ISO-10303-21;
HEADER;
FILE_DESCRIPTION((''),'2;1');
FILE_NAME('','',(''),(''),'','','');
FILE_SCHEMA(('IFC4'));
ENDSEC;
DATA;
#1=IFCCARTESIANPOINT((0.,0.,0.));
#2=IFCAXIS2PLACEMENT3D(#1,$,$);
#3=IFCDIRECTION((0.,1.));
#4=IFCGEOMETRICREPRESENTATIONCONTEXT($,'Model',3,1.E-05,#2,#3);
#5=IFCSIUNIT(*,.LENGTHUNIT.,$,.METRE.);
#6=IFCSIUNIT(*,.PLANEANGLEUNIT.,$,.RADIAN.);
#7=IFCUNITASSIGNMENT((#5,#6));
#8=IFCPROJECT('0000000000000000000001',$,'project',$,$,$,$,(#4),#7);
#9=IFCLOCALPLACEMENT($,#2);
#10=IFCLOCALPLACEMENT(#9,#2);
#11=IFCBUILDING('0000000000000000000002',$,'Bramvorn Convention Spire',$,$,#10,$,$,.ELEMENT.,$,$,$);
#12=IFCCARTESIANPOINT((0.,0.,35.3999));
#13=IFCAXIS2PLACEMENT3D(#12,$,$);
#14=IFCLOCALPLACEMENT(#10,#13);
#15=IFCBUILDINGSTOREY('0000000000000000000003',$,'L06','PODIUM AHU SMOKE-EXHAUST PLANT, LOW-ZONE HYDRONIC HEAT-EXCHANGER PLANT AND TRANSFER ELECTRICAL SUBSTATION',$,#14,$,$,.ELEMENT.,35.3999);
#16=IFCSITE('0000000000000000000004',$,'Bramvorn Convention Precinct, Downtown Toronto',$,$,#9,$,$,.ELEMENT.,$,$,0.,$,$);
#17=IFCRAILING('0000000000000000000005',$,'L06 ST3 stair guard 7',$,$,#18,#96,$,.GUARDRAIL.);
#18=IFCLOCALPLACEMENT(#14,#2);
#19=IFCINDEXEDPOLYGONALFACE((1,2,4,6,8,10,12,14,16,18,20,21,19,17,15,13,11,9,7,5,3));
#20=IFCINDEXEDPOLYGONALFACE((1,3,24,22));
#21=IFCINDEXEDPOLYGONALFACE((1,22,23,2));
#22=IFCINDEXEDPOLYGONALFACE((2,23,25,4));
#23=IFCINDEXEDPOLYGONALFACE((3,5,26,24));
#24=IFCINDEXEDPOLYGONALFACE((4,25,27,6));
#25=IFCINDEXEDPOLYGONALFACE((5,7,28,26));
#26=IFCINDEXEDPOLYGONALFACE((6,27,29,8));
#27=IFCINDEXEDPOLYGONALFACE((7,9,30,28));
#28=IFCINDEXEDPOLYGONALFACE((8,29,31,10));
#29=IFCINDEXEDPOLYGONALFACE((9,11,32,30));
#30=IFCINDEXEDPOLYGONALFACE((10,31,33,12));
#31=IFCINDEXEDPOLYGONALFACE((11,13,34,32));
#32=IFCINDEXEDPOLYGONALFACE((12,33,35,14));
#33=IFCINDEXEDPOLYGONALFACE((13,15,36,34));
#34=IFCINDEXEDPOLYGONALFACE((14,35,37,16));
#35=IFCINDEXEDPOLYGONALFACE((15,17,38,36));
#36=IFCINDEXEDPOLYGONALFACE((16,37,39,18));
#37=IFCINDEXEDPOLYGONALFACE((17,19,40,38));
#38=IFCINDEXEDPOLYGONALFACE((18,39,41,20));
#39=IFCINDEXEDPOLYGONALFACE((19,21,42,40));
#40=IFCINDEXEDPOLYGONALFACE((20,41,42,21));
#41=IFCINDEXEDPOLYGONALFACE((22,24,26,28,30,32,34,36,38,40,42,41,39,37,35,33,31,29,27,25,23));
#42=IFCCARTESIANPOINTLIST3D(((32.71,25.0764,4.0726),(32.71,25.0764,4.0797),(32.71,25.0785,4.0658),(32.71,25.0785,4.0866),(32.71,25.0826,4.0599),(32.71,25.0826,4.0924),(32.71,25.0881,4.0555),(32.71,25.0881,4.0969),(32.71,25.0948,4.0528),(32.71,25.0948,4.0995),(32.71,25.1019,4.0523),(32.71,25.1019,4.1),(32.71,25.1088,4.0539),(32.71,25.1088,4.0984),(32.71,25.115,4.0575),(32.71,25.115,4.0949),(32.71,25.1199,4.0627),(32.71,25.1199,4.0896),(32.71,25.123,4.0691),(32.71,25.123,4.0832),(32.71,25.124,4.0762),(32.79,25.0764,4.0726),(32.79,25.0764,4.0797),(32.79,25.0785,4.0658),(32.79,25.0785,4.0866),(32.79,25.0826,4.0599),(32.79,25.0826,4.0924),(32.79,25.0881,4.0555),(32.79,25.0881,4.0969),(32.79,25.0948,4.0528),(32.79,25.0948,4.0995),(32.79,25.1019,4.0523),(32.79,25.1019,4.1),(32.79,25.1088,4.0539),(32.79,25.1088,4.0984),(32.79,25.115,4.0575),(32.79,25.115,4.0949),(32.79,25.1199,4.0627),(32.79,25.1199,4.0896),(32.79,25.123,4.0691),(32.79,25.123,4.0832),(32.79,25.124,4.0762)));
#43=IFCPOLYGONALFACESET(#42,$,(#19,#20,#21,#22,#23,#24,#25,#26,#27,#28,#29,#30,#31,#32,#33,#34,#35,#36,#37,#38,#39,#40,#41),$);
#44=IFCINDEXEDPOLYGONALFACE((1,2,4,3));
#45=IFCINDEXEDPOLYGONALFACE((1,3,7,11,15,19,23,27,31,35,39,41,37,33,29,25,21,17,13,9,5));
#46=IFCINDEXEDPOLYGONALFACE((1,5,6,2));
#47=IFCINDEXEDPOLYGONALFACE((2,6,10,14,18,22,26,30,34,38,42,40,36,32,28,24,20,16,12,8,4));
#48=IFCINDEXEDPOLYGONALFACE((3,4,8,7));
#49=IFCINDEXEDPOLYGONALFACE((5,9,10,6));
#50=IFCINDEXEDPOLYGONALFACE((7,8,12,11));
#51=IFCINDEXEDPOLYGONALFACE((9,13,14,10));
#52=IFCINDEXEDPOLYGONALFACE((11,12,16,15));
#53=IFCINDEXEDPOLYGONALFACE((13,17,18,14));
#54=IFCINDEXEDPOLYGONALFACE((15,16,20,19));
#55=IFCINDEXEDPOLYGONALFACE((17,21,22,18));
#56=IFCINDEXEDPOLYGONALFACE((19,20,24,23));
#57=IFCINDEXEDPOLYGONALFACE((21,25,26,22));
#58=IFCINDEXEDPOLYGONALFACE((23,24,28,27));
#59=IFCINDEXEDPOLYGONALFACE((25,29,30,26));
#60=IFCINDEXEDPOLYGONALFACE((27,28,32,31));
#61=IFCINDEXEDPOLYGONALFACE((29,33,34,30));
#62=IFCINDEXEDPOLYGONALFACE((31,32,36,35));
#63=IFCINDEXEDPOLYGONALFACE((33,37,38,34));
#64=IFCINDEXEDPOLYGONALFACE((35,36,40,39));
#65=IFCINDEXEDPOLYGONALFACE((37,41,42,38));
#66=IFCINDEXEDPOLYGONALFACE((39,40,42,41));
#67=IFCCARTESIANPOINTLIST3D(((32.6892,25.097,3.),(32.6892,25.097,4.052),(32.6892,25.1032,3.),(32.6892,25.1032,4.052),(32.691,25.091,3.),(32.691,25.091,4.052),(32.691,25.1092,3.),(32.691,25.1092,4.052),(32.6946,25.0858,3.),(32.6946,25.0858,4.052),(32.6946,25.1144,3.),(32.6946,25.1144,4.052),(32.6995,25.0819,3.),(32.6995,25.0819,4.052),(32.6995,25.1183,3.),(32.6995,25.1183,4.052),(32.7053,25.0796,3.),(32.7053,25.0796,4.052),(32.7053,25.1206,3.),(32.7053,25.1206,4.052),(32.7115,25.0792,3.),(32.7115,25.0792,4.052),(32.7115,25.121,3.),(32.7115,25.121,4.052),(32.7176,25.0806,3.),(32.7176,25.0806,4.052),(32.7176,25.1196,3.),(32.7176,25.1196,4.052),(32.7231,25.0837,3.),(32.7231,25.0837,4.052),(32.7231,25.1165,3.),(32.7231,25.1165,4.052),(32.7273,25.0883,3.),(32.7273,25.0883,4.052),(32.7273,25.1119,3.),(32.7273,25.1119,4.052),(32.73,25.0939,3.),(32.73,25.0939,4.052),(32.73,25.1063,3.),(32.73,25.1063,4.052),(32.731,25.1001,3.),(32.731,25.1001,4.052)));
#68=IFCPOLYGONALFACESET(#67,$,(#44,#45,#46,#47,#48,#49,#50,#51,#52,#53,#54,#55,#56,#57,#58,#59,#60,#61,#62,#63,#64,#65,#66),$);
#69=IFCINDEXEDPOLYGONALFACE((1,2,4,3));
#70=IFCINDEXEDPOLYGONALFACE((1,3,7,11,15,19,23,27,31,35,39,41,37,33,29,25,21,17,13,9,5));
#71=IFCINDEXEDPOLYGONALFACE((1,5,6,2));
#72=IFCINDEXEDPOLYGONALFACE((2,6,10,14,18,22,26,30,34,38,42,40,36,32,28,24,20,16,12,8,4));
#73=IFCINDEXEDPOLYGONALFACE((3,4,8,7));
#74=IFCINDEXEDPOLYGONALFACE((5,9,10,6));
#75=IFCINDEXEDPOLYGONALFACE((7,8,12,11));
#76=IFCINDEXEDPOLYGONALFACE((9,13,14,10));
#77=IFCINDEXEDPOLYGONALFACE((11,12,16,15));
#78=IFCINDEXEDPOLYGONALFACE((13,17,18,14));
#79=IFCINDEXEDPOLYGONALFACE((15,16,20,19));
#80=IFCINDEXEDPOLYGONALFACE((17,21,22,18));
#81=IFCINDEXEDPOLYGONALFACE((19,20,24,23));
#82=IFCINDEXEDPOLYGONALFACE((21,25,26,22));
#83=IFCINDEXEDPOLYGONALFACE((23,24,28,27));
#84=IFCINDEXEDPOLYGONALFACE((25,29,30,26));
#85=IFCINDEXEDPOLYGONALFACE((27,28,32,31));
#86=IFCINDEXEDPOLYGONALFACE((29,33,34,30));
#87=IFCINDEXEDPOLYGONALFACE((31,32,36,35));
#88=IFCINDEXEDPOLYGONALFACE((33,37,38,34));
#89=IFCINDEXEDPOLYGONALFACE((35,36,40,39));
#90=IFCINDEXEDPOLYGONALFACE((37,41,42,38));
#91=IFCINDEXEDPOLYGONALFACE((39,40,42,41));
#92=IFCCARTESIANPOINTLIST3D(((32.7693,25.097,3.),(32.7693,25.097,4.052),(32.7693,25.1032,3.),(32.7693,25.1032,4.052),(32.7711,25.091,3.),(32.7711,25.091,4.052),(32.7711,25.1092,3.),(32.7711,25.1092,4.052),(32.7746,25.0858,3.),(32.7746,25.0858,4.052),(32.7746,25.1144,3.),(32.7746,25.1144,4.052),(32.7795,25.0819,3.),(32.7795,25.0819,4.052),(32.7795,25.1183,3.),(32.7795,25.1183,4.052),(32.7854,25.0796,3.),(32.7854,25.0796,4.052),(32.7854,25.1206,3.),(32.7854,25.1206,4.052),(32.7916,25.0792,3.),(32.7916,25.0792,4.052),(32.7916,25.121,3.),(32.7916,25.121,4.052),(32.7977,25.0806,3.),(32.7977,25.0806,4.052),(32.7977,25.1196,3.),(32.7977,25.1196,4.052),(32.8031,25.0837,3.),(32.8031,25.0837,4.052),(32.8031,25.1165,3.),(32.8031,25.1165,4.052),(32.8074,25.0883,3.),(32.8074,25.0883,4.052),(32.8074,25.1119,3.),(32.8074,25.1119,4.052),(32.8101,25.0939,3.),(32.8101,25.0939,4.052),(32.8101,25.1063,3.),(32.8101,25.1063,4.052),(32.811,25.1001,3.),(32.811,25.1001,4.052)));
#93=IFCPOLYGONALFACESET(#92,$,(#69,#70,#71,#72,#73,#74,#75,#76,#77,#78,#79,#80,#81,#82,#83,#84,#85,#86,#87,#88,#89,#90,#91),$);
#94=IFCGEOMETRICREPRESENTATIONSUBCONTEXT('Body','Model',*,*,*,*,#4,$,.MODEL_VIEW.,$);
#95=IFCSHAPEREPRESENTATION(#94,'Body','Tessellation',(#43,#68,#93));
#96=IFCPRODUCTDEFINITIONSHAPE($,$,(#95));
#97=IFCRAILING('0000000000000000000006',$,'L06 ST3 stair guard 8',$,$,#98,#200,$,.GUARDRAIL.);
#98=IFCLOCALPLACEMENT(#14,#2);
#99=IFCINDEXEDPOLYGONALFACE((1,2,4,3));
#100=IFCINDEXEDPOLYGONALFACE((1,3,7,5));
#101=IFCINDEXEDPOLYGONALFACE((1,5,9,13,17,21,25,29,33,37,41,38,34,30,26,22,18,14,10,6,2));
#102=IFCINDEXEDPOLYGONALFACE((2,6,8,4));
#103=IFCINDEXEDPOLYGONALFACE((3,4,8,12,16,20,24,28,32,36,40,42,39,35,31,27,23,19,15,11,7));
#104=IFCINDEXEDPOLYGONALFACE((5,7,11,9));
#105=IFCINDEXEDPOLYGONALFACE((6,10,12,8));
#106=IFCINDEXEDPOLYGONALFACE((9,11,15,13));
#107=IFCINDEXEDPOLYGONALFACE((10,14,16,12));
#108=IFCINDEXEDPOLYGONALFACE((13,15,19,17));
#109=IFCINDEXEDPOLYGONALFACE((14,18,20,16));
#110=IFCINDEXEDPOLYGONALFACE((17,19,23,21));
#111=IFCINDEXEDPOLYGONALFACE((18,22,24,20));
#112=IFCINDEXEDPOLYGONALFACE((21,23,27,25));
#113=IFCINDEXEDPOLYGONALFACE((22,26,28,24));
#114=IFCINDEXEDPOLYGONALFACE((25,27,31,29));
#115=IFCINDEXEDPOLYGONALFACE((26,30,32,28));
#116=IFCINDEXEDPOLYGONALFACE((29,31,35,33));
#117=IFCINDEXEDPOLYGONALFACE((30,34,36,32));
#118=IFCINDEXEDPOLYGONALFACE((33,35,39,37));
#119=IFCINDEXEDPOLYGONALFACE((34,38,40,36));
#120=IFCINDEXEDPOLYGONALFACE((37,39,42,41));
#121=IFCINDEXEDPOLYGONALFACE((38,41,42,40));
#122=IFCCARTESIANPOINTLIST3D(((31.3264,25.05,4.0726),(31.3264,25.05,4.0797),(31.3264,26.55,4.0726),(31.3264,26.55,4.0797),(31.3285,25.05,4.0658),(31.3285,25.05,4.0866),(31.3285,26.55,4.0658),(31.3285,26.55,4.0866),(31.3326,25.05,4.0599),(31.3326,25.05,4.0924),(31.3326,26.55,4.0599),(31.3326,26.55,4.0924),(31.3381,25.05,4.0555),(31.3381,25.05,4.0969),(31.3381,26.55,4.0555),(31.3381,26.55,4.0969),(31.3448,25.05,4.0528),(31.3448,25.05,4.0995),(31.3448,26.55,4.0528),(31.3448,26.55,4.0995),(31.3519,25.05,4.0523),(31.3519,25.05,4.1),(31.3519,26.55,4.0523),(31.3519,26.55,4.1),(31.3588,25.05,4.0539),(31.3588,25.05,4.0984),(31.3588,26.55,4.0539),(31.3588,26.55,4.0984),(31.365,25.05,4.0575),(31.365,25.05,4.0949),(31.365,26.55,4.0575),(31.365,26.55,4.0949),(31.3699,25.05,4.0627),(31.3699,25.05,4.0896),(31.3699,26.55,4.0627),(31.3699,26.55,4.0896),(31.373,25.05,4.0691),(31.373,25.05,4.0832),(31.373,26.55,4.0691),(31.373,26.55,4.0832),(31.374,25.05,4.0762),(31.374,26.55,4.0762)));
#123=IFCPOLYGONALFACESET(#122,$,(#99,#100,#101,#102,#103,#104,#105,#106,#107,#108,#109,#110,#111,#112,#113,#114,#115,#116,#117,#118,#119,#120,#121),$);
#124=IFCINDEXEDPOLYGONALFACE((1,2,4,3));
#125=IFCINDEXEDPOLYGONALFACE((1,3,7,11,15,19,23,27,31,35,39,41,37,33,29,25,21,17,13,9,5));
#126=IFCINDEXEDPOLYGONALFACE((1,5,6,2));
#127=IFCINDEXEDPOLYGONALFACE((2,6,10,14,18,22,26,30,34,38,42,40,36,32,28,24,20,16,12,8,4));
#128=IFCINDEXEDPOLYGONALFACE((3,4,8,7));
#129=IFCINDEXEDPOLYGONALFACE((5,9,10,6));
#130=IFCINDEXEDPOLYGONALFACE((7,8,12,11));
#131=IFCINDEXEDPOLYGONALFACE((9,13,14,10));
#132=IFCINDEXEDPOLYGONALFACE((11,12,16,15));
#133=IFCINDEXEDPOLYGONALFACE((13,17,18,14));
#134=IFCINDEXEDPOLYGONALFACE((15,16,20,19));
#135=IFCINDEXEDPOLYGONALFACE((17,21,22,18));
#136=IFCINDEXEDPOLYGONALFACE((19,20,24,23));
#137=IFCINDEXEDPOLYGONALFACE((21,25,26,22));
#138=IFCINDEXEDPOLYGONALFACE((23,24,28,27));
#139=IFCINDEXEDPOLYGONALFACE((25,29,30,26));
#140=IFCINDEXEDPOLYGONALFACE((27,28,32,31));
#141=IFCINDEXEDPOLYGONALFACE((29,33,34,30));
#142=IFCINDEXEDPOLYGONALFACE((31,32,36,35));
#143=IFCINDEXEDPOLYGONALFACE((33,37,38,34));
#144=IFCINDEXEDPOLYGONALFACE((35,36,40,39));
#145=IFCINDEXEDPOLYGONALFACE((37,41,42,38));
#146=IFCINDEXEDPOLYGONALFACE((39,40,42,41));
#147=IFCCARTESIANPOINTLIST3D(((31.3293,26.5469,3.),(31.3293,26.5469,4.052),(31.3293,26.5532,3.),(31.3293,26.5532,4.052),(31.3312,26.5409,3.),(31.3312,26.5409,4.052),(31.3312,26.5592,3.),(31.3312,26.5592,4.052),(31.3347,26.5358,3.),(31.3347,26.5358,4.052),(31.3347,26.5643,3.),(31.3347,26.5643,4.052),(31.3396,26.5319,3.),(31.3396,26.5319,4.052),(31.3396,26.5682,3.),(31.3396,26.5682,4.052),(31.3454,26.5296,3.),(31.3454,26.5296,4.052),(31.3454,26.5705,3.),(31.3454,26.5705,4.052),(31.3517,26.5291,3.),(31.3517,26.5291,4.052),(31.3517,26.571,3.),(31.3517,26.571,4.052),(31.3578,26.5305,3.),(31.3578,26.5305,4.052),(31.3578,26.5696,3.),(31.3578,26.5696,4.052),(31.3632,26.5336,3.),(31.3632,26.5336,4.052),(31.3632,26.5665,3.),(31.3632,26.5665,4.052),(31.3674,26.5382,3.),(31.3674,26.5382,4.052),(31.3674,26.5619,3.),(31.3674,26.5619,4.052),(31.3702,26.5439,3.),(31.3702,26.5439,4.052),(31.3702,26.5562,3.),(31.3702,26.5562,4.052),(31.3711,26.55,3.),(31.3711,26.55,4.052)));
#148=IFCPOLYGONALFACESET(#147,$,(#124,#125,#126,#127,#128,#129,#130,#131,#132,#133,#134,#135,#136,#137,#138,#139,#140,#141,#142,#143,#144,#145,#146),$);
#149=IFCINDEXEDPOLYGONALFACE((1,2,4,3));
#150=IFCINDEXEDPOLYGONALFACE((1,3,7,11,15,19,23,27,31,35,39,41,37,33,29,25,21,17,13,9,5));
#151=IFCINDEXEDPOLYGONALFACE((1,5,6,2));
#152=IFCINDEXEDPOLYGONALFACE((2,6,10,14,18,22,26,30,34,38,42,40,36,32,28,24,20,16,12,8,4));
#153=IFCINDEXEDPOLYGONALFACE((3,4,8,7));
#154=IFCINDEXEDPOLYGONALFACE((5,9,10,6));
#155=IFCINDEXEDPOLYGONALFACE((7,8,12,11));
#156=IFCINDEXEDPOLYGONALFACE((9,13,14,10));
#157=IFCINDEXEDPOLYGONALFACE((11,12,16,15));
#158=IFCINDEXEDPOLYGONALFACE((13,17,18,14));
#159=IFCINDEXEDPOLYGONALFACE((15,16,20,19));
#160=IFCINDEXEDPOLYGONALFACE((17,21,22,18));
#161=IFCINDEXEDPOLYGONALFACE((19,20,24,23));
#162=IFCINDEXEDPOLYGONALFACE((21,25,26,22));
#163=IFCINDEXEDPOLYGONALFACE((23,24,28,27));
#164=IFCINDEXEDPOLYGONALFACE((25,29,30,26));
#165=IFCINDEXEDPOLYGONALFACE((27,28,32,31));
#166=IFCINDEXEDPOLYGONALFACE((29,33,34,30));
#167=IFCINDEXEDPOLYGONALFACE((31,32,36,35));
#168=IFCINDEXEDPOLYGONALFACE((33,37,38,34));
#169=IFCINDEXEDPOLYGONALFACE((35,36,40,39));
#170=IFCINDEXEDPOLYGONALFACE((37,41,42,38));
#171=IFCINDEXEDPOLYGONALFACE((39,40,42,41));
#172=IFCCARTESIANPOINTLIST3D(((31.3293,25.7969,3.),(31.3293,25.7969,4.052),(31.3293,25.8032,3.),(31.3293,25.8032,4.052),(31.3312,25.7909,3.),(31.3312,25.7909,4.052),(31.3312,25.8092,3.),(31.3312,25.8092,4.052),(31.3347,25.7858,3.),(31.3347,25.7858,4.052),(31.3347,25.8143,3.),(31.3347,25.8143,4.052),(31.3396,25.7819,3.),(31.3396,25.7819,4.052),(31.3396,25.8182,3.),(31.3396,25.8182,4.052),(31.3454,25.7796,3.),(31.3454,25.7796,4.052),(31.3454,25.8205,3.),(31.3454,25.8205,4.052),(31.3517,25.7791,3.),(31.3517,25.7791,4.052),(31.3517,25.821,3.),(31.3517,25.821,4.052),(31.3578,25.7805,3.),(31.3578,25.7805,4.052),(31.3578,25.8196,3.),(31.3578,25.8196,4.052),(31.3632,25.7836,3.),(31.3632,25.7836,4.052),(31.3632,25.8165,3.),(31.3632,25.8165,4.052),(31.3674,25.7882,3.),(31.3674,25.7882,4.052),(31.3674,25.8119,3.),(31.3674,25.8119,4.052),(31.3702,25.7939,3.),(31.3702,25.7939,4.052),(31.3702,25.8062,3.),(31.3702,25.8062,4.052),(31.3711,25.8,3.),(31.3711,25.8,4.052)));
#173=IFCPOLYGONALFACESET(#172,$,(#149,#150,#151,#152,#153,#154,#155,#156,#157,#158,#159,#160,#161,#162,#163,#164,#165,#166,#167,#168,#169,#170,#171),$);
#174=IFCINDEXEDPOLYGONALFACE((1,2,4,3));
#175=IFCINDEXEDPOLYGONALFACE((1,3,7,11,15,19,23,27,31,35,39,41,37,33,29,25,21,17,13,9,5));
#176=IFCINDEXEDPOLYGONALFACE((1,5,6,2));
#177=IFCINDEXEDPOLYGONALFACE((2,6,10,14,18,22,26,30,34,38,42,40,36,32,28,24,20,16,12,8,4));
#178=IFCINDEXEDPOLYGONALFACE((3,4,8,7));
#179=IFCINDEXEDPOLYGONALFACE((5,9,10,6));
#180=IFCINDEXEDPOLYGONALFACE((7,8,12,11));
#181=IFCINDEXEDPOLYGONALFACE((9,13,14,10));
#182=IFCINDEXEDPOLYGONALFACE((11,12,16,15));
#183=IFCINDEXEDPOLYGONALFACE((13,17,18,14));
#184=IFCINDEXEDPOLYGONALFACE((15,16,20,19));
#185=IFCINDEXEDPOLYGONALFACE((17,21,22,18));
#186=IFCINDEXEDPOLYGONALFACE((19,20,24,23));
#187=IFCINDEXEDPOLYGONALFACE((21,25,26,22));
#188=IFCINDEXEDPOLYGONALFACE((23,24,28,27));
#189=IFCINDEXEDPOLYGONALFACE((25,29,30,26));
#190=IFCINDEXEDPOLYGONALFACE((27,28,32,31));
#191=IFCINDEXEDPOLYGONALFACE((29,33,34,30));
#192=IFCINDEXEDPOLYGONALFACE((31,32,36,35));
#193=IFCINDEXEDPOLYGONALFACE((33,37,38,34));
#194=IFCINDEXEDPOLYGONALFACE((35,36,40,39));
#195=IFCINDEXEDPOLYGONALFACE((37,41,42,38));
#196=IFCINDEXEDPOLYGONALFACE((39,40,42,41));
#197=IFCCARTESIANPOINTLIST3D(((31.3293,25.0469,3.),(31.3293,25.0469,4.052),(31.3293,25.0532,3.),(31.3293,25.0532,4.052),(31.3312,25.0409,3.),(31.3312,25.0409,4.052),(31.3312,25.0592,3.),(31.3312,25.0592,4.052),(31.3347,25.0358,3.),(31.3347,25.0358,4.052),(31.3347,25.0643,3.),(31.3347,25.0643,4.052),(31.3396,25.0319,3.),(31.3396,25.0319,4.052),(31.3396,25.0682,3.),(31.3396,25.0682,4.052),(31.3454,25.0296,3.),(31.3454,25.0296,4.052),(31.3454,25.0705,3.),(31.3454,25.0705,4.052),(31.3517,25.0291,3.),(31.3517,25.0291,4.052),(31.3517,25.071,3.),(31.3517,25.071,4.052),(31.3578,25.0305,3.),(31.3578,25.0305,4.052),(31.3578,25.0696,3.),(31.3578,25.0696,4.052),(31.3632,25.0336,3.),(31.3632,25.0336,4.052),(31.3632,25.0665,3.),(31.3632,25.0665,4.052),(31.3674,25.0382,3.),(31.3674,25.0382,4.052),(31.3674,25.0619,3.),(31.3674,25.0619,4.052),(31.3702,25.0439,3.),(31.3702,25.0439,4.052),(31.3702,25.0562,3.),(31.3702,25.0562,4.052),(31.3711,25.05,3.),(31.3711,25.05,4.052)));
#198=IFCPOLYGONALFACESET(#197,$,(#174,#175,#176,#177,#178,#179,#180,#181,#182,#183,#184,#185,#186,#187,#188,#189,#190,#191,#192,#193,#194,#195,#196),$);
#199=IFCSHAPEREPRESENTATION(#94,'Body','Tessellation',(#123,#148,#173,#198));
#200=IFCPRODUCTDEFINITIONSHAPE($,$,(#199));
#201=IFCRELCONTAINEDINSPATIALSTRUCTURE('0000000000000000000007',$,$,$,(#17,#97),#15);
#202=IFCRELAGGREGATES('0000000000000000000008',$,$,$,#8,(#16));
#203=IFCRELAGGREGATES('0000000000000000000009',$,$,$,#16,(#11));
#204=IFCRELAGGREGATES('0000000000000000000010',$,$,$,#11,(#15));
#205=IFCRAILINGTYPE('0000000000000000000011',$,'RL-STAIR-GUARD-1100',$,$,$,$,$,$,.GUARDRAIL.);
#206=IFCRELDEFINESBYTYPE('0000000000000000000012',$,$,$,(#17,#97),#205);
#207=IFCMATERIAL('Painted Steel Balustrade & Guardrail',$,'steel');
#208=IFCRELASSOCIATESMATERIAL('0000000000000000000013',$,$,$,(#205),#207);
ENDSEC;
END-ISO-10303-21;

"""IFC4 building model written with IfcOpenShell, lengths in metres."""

from ifc_helpers import new_model, si_unit, direction, frame, origin, origin_2d, place, context, subcontext, project, spatial, circle, extrude, material, type_object, element, save


model = new_model("IFC4")

# Units and contexts
model_context = context("Model", 3, precision=1e-05, world=origin(), true_north=direction((0.0, 1.0)))
body_context = subcontext(model_context, "Body", "Model", "MODEL_VIEW")
ifc_project = project(units=[si_unit("LENGTHUNIT", "METRE"), si_unit("PLANEANGLEUNIT", "RADIAN")], contexts=[model_context])

# Site, building, storey
site_placement = place(None, origin())
site = spatial("IfcSite", under=ifc_project, at=site_placement, Name="Bramvorn Convention Precinct, Downtown Toronto", CompositionType="ELEMENT", RefElevation=0.0)
building_placement = place(site_placement, origin())
building = spatial("IfcBuilding", under=site, at=building_placement, Name="Bramvorn Convention Spire", CompositionType="ELEMENT")
storey_placement = place(building_placement, frame((0.0, 0.0, 35.3999)))
storey = spatial("IfcBuildingStorey", under=building, at=storey_placement, Name="L06", Description="PODIUM AHU SMOKE-EXHAUST PLANT, LOW-ZONE HYDRONIC HEAT-EXCHANGER PLANT AND TRANSFER ELECTRICAL SUBSTATION", CompositionType="ELEMENT", Elevation=35.3999)

# Railings
ifc_material_1 = material(Name="Painted Steel Balustrade & Guardrail", Category="steel")
railing_type_1 = type_object("IfcRailingType", Name="RL-STAIR-GUARD-1100", PredefinedType="GUARDRAIL", material=ifc_material_1)
railing_1_placement = place(storey_placement, frame((32.71, 25.1001, 3.0)))
element("IfcRailing", 1, at=railing_1_placement, inside=storey, type_object=railing_type_1, Name="L06 ST3 stair guard 7", PredefinedType="GUARDRAIL", context=body_context, shape_type="SweptSolid", body=[
    extrude(circle(Radius=0.0239, at=origin_2d()), frame((0.0, 0.0, 1.0762), z_axis=(1.0, 0.0, 0.0), x_axis=(0.0, 1.0, 0.0)), (0.0, 0.0, 1.0), 0.0801),
    extrude(circle(Radius=0.021, at=origin_2d()), origin(), (0.0, 0.0, 1.0), 1.052),
    extrude(circle(Radius=0.021, at=origin_2d()), frame((0.0801, 0.0, 0.0)), (0.0, 0.0, 1.0), 1.052),
])
railing_2_placement = place(storey_placement, frame((31.3501, 26.55, 3.0)))
element("IfcRailing", 2, at=railing_2_placement, inside=storey, type_object=railing_type_1, Name="L06 ST3 stair guard 8", PredefinedType="GUARDRAIL", context=body_context, shape_type="SweptSolid", body=[
    extrude(circle(Radius=0.0239, at=origin_2d()), frame((0.0, 0.0, 1.0762), z_axis=(0.0, -1.0, 0.0), x_axis=(1.0, 0.0, 0.0)), (0.0, 0.0, 1.0), 1.5),
    extrude(circle(Radius=0.021, at=origin_2d()), origin(), (0.0, 0.0, 1.0), 1.052),
    extrude(circle(Radius=0.021, at=origin_2d()), frame((0.0, -0.75, 0.0)), (0.0, 0.0, 1.0), 1.052),
    extrude(circle(Radius=0.021, at=origin_2d()), frame((0.0, -1.5, 0.0)), (0.0, 0.0, 1.0), 1.052),
])

save(model, "model.ifc")
